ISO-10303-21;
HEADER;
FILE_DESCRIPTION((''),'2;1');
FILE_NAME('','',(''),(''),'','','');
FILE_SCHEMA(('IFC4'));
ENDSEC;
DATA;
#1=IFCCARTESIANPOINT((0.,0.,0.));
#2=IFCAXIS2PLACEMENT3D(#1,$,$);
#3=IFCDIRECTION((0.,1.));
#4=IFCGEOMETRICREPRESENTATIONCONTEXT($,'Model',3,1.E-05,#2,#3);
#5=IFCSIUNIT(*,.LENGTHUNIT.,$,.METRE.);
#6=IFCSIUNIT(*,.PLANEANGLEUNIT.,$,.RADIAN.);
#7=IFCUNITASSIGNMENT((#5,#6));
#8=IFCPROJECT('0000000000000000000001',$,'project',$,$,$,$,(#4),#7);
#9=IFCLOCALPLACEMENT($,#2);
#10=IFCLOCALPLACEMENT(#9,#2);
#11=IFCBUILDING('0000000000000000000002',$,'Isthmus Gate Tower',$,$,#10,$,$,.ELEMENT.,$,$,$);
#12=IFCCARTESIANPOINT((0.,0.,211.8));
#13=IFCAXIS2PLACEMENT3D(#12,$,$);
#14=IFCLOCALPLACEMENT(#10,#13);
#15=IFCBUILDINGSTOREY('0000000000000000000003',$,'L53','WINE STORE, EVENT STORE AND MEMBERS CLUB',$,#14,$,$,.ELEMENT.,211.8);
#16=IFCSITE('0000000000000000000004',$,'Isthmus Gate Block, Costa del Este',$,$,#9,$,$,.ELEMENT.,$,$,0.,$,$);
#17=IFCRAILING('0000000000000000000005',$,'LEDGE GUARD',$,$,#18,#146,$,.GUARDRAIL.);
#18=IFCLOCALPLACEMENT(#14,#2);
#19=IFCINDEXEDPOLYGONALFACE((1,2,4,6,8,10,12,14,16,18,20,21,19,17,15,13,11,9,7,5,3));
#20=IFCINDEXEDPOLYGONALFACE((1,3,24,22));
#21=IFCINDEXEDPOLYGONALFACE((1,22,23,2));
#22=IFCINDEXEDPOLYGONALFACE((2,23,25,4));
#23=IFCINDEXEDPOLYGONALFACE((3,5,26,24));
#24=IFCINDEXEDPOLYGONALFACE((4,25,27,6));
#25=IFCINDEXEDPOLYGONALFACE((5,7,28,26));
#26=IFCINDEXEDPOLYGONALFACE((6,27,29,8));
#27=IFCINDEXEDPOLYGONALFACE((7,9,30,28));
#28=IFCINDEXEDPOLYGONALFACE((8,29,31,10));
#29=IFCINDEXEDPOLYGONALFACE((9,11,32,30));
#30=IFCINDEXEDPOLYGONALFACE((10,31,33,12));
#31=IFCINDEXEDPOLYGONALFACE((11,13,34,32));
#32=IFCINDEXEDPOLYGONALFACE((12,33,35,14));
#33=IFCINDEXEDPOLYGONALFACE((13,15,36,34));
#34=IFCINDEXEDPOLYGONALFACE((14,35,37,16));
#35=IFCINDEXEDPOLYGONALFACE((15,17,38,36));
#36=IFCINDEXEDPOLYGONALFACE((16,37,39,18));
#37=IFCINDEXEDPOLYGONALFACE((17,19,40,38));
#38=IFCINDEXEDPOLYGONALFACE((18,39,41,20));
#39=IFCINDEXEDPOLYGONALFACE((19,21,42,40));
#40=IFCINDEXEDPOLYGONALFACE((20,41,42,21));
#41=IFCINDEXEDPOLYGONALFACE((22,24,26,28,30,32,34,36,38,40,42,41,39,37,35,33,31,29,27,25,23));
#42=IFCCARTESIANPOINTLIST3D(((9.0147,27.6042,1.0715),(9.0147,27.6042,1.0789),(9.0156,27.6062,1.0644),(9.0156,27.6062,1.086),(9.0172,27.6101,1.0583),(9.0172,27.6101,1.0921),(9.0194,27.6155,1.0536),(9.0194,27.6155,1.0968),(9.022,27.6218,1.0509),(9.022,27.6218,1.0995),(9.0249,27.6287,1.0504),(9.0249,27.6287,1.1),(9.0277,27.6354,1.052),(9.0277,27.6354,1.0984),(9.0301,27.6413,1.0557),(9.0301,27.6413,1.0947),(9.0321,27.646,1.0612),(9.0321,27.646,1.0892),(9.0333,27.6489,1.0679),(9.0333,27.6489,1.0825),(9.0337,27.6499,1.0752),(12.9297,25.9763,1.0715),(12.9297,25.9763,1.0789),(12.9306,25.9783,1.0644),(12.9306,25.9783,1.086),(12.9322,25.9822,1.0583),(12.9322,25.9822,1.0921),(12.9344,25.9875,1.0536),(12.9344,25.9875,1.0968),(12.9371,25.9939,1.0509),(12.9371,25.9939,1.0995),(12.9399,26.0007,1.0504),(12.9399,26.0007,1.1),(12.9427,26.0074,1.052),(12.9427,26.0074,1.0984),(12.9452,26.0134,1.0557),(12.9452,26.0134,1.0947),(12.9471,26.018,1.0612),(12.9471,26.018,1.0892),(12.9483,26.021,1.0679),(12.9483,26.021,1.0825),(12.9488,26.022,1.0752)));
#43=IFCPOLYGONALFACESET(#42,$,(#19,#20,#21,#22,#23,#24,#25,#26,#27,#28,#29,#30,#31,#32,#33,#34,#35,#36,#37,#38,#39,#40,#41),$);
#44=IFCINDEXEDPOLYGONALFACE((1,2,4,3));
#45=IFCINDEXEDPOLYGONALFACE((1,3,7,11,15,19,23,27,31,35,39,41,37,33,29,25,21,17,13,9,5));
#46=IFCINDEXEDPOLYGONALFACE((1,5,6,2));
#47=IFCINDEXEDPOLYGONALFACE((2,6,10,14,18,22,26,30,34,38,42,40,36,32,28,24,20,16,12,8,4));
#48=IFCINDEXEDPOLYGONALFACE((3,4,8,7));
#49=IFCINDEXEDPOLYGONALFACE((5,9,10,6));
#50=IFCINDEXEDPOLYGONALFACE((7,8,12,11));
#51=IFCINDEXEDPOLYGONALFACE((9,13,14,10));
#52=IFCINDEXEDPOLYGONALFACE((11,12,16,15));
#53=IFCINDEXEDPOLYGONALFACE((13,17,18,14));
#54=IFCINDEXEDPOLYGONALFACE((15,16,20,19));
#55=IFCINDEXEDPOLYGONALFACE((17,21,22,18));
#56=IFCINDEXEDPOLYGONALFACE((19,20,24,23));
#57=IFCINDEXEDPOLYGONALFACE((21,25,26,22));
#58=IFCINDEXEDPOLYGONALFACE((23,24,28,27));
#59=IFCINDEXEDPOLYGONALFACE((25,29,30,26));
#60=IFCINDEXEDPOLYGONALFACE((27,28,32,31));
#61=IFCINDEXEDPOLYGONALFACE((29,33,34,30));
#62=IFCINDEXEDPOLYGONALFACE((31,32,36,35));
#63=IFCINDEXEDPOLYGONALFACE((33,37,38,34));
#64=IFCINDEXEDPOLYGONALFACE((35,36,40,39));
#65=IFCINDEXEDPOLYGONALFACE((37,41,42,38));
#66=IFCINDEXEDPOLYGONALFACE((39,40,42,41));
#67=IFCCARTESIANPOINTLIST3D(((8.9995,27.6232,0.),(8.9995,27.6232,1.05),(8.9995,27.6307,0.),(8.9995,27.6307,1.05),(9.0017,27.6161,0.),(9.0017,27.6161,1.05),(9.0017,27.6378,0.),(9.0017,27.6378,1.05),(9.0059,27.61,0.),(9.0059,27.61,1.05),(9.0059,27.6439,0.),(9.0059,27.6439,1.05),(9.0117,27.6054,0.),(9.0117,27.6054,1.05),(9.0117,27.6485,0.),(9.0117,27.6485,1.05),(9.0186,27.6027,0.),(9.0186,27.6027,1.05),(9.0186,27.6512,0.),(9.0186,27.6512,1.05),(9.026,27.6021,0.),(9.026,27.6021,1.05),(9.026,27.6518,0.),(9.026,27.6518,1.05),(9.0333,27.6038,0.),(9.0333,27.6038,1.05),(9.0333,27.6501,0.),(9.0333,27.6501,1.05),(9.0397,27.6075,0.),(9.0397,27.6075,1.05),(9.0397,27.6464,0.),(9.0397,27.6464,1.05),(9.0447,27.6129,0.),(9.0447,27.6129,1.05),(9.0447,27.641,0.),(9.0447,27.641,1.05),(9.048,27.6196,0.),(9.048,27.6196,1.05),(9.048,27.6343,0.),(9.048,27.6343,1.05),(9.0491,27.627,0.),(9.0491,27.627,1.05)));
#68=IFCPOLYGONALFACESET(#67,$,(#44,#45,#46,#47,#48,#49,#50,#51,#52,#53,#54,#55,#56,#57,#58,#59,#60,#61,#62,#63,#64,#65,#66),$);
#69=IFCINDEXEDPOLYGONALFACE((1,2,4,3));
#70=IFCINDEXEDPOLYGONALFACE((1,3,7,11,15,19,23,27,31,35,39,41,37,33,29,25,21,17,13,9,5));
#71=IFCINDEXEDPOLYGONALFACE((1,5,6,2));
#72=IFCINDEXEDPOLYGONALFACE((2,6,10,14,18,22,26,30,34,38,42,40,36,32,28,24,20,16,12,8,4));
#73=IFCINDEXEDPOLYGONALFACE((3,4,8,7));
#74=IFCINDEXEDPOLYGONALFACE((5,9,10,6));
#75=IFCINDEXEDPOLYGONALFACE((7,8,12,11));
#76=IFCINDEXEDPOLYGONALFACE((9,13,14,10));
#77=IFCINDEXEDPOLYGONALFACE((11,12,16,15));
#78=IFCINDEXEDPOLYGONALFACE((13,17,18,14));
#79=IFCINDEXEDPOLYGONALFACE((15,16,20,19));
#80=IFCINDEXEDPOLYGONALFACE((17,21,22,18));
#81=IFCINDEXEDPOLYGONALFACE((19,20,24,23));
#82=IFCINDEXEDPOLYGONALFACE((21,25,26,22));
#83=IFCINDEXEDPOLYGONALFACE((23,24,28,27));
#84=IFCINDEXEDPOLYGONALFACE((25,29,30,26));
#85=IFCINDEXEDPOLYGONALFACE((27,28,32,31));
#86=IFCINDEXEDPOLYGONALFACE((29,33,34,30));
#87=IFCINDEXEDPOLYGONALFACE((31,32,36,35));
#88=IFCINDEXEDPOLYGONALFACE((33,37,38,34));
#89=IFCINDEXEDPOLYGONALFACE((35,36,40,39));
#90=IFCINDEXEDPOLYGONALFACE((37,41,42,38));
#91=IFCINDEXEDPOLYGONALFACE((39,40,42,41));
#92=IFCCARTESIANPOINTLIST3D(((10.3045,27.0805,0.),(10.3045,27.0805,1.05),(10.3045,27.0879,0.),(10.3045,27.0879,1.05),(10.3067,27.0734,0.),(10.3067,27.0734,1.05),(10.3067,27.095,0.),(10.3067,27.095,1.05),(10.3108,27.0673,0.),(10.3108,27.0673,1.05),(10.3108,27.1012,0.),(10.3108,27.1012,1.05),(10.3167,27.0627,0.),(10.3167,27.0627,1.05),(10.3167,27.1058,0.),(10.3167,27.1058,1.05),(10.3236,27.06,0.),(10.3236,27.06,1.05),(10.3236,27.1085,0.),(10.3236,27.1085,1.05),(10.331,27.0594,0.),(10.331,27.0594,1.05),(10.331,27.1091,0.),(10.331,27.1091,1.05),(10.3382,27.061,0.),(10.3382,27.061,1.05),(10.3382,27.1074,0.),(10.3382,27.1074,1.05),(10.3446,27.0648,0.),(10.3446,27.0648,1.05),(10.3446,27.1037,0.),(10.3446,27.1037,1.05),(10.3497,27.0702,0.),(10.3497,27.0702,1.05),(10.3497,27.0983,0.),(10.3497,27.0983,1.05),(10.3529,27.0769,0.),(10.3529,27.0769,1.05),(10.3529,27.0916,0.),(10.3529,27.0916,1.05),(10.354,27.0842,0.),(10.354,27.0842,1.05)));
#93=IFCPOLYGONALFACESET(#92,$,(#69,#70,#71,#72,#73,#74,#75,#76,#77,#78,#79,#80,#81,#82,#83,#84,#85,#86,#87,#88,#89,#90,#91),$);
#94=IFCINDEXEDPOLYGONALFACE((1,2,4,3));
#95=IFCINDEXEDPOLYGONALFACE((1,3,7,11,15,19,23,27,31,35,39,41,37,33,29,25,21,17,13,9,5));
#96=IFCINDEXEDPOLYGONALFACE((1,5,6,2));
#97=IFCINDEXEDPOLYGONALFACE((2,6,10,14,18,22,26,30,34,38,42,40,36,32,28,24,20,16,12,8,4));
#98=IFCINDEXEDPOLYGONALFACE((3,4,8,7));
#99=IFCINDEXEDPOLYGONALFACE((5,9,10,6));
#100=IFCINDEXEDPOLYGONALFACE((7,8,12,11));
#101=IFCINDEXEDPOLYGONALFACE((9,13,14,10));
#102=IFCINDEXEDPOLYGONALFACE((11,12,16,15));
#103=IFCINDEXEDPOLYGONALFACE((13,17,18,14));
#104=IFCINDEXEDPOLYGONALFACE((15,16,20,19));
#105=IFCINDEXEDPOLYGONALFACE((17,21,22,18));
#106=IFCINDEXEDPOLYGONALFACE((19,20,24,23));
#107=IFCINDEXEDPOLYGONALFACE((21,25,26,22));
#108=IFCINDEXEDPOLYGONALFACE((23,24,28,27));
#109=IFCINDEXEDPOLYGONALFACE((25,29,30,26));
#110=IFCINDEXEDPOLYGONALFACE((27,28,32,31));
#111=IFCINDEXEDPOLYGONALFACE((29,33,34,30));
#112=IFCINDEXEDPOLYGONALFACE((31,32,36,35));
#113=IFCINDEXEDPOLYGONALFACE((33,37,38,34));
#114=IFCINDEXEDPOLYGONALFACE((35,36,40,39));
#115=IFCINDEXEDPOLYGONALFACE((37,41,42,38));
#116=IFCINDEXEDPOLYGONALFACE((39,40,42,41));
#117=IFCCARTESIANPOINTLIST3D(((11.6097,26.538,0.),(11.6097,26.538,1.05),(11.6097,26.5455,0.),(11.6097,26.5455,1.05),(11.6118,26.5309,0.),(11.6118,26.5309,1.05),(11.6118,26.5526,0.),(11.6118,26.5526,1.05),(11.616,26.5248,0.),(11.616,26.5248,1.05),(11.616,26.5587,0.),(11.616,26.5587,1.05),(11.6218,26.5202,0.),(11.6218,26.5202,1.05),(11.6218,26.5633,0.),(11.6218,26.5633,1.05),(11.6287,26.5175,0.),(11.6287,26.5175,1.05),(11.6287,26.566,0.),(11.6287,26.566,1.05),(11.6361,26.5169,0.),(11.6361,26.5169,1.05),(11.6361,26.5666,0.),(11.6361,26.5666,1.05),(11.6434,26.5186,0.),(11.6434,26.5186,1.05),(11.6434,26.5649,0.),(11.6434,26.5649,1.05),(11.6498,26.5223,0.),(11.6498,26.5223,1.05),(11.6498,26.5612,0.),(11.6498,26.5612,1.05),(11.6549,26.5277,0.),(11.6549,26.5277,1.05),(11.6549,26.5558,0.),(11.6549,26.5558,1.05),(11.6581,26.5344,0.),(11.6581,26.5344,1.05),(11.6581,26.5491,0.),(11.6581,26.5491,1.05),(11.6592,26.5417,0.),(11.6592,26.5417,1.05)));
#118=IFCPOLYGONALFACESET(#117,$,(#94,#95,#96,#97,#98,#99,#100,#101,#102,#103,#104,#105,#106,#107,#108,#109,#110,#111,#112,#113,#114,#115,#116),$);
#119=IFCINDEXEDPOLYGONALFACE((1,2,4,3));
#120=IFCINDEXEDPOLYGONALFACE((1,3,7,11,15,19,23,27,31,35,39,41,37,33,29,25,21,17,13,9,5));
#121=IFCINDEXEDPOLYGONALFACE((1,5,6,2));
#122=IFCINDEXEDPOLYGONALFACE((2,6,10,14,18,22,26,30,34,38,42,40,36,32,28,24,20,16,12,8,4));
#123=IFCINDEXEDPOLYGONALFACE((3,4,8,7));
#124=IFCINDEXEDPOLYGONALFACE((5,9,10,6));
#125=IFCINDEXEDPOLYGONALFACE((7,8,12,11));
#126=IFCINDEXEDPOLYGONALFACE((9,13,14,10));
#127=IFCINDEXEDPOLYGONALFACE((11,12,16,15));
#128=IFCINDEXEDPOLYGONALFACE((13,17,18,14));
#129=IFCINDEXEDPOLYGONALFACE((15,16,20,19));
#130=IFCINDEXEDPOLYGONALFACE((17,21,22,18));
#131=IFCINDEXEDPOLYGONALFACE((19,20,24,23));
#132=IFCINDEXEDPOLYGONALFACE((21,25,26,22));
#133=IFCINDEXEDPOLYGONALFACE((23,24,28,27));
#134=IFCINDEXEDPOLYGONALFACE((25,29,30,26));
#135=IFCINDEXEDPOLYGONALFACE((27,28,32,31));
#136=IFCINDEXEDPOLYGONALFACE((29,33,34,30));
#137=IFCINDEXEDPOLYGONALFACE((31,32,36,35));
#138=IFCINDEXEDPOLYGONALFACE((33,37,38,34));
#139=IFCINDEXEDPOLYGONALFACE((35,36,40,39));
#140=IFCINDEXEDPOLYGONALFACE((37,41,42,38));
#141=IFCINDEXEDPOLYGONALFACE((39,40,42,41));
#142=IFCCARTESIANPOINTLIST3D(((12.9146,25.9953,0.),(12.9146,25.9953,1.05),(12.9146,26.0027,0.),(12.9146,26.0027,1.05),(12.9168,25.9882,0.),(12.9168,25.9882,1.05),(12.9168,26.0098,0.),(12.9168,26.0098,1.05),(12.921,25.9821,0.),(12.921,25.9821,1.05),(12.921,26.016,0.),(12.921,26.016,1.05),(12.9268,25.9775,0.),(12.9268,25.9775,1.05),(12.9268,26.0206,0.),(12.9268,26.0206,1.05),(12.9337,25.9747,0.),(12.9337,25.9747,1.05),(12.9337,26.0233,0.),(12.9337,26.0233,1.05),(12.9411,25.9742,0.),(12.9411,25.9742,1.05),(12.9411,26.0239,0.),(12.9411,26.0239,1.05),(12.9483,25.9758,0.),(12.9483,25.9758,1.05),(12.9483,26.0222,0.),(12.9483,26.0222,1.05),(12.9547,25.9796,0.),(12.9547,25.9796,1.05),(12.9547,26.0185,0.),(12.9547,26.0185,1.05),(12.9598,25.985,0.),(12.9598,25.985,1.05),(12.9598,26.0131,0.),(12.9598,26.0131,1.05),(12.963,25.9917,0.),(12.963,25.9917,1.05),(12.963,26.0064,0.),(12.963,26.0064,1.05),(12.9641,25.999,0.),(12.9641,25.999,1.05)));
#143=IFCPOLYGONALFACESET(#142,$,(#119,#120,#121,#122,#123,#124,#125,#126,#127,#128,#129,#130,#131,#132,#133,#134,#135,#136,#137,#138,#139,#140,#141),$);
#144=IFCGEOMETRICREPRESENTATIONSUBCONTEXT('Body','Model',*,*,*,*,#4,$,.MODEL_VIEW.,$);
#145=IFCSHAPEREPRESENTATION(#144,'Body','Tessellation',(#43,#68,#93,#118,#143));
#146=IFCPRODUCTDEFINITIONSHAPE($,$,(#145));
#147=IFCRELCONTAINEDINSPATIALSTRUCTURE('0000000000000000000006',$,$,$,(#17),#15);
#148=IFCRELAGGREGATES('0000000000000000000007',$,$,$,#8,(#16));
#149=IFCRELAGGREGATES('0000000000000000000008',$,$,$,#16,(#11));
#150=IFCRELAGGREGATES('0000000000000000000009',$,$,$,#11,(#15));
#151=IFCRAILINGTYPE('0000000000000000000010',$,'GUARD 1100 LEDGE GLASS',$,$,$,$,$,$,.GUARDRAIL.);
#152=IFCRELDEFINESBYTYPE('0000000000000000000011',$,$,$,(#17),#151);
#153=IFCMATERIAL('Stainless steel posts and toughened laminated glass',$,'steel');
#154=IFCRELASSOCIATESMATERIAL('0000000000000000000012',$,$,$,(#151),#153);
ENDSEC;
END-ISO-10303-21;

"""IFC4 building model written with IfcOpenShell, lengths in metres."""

from ifc_helpers import new_model, si_unit, direction, frame, origin, origin_2d, place, context, subcontext, project, spatial, circle, extrude, material, type_object, element, save


model = new_model("IFC4")

# Units and contexts
model_context = context("Model", 3, precision=1e-05, world=origin(), true_north=direction((0.0, 1.0)))
body_context = subcontext(model_context, "Body", "Model", "MODEL_VIEW")
ifc_project = project(units=[si_unit("LENGTHUNIT", "METRE"), si_unit("PLANEANGLEUNIT", "RADIAN")], contexts=[model_context])

# Site, building, storey
site_placement = place(None, origin())
site = spatial("IfcSite", under=ifc_project, at=site_placement, Name="Isthmus Gate Block, Costa del Este", CompositionType="ELEMENT", RefElevation=0.0)
building_placement = place(site_placement, origin())
building = spatial("IfcBuilding", under=site, at=building_placement, Name="Isthmus Gate Tower", CompositionType="ELEMENT")
storey_placement = place(building_placement, frame((0.0, 0.0, 211.8)))
storey = spatial("IfcBuildingStorey", under=building, at=storey_placement, Name="L53", Description="WINE STORE, EVENT STORE AND MEMBERS CLUB", CompositionType="ELEMENT", Elevation=211.8)

# Railing
ifc_material_1 = material(Name="Stainless steel posts and toughened laminated glass", Category="steel")
railing_type_1 = type_object("IfcRailingType", Name="GUARD 1100 LEDGE GLASS", PredefinedType="GUARDRAIL", material=ifc_material_1)
railing_1_placement = place(storey_placement, frame((9.0242, 27.627, 0.0)))
element("IfcRailing", 1, at=railing_1_placement, inside=storey, type_object=railing_type_1, Name="LEDGE GUARD", PredefinedType="GUARDRAIL", context=body_context, shape_type="SweptSolid", body=[
    extrude(circle(Radius=0.0249, at=origin_2d()), frame((0.0, 0.0, 1.0752), z_axis=(0.923356, -0.383945, 0.0), x_axis=(0.383945, 0.923356, 0.0)), (0.0, 0.0, 1.0), 4.24),
    extrude(circle(Radius=0.0249, at=origin_2d()), origin(), (0.0, 0.0, 1.0), 1.05),
    extrude(circle(Radius=0.0249, at=origin_2d()), frame((1.3049, -0.5427, 0.0)), (0.0, 0.0, 1.0), 1.05),
    extrude(circle(Radius=0.0249, at=origin_2d()), frame((2.6101, -1.0852, 0.0)), (0.0, 0.0, 1.0), 1.05),
    extrude(circle(Radius=0.0249, at=origin_2d()), frame((3.915, -1.6279, 0.0)), (0.0, 0.0, 1.0), 1.05),
])

save(model, "model.ifc")
